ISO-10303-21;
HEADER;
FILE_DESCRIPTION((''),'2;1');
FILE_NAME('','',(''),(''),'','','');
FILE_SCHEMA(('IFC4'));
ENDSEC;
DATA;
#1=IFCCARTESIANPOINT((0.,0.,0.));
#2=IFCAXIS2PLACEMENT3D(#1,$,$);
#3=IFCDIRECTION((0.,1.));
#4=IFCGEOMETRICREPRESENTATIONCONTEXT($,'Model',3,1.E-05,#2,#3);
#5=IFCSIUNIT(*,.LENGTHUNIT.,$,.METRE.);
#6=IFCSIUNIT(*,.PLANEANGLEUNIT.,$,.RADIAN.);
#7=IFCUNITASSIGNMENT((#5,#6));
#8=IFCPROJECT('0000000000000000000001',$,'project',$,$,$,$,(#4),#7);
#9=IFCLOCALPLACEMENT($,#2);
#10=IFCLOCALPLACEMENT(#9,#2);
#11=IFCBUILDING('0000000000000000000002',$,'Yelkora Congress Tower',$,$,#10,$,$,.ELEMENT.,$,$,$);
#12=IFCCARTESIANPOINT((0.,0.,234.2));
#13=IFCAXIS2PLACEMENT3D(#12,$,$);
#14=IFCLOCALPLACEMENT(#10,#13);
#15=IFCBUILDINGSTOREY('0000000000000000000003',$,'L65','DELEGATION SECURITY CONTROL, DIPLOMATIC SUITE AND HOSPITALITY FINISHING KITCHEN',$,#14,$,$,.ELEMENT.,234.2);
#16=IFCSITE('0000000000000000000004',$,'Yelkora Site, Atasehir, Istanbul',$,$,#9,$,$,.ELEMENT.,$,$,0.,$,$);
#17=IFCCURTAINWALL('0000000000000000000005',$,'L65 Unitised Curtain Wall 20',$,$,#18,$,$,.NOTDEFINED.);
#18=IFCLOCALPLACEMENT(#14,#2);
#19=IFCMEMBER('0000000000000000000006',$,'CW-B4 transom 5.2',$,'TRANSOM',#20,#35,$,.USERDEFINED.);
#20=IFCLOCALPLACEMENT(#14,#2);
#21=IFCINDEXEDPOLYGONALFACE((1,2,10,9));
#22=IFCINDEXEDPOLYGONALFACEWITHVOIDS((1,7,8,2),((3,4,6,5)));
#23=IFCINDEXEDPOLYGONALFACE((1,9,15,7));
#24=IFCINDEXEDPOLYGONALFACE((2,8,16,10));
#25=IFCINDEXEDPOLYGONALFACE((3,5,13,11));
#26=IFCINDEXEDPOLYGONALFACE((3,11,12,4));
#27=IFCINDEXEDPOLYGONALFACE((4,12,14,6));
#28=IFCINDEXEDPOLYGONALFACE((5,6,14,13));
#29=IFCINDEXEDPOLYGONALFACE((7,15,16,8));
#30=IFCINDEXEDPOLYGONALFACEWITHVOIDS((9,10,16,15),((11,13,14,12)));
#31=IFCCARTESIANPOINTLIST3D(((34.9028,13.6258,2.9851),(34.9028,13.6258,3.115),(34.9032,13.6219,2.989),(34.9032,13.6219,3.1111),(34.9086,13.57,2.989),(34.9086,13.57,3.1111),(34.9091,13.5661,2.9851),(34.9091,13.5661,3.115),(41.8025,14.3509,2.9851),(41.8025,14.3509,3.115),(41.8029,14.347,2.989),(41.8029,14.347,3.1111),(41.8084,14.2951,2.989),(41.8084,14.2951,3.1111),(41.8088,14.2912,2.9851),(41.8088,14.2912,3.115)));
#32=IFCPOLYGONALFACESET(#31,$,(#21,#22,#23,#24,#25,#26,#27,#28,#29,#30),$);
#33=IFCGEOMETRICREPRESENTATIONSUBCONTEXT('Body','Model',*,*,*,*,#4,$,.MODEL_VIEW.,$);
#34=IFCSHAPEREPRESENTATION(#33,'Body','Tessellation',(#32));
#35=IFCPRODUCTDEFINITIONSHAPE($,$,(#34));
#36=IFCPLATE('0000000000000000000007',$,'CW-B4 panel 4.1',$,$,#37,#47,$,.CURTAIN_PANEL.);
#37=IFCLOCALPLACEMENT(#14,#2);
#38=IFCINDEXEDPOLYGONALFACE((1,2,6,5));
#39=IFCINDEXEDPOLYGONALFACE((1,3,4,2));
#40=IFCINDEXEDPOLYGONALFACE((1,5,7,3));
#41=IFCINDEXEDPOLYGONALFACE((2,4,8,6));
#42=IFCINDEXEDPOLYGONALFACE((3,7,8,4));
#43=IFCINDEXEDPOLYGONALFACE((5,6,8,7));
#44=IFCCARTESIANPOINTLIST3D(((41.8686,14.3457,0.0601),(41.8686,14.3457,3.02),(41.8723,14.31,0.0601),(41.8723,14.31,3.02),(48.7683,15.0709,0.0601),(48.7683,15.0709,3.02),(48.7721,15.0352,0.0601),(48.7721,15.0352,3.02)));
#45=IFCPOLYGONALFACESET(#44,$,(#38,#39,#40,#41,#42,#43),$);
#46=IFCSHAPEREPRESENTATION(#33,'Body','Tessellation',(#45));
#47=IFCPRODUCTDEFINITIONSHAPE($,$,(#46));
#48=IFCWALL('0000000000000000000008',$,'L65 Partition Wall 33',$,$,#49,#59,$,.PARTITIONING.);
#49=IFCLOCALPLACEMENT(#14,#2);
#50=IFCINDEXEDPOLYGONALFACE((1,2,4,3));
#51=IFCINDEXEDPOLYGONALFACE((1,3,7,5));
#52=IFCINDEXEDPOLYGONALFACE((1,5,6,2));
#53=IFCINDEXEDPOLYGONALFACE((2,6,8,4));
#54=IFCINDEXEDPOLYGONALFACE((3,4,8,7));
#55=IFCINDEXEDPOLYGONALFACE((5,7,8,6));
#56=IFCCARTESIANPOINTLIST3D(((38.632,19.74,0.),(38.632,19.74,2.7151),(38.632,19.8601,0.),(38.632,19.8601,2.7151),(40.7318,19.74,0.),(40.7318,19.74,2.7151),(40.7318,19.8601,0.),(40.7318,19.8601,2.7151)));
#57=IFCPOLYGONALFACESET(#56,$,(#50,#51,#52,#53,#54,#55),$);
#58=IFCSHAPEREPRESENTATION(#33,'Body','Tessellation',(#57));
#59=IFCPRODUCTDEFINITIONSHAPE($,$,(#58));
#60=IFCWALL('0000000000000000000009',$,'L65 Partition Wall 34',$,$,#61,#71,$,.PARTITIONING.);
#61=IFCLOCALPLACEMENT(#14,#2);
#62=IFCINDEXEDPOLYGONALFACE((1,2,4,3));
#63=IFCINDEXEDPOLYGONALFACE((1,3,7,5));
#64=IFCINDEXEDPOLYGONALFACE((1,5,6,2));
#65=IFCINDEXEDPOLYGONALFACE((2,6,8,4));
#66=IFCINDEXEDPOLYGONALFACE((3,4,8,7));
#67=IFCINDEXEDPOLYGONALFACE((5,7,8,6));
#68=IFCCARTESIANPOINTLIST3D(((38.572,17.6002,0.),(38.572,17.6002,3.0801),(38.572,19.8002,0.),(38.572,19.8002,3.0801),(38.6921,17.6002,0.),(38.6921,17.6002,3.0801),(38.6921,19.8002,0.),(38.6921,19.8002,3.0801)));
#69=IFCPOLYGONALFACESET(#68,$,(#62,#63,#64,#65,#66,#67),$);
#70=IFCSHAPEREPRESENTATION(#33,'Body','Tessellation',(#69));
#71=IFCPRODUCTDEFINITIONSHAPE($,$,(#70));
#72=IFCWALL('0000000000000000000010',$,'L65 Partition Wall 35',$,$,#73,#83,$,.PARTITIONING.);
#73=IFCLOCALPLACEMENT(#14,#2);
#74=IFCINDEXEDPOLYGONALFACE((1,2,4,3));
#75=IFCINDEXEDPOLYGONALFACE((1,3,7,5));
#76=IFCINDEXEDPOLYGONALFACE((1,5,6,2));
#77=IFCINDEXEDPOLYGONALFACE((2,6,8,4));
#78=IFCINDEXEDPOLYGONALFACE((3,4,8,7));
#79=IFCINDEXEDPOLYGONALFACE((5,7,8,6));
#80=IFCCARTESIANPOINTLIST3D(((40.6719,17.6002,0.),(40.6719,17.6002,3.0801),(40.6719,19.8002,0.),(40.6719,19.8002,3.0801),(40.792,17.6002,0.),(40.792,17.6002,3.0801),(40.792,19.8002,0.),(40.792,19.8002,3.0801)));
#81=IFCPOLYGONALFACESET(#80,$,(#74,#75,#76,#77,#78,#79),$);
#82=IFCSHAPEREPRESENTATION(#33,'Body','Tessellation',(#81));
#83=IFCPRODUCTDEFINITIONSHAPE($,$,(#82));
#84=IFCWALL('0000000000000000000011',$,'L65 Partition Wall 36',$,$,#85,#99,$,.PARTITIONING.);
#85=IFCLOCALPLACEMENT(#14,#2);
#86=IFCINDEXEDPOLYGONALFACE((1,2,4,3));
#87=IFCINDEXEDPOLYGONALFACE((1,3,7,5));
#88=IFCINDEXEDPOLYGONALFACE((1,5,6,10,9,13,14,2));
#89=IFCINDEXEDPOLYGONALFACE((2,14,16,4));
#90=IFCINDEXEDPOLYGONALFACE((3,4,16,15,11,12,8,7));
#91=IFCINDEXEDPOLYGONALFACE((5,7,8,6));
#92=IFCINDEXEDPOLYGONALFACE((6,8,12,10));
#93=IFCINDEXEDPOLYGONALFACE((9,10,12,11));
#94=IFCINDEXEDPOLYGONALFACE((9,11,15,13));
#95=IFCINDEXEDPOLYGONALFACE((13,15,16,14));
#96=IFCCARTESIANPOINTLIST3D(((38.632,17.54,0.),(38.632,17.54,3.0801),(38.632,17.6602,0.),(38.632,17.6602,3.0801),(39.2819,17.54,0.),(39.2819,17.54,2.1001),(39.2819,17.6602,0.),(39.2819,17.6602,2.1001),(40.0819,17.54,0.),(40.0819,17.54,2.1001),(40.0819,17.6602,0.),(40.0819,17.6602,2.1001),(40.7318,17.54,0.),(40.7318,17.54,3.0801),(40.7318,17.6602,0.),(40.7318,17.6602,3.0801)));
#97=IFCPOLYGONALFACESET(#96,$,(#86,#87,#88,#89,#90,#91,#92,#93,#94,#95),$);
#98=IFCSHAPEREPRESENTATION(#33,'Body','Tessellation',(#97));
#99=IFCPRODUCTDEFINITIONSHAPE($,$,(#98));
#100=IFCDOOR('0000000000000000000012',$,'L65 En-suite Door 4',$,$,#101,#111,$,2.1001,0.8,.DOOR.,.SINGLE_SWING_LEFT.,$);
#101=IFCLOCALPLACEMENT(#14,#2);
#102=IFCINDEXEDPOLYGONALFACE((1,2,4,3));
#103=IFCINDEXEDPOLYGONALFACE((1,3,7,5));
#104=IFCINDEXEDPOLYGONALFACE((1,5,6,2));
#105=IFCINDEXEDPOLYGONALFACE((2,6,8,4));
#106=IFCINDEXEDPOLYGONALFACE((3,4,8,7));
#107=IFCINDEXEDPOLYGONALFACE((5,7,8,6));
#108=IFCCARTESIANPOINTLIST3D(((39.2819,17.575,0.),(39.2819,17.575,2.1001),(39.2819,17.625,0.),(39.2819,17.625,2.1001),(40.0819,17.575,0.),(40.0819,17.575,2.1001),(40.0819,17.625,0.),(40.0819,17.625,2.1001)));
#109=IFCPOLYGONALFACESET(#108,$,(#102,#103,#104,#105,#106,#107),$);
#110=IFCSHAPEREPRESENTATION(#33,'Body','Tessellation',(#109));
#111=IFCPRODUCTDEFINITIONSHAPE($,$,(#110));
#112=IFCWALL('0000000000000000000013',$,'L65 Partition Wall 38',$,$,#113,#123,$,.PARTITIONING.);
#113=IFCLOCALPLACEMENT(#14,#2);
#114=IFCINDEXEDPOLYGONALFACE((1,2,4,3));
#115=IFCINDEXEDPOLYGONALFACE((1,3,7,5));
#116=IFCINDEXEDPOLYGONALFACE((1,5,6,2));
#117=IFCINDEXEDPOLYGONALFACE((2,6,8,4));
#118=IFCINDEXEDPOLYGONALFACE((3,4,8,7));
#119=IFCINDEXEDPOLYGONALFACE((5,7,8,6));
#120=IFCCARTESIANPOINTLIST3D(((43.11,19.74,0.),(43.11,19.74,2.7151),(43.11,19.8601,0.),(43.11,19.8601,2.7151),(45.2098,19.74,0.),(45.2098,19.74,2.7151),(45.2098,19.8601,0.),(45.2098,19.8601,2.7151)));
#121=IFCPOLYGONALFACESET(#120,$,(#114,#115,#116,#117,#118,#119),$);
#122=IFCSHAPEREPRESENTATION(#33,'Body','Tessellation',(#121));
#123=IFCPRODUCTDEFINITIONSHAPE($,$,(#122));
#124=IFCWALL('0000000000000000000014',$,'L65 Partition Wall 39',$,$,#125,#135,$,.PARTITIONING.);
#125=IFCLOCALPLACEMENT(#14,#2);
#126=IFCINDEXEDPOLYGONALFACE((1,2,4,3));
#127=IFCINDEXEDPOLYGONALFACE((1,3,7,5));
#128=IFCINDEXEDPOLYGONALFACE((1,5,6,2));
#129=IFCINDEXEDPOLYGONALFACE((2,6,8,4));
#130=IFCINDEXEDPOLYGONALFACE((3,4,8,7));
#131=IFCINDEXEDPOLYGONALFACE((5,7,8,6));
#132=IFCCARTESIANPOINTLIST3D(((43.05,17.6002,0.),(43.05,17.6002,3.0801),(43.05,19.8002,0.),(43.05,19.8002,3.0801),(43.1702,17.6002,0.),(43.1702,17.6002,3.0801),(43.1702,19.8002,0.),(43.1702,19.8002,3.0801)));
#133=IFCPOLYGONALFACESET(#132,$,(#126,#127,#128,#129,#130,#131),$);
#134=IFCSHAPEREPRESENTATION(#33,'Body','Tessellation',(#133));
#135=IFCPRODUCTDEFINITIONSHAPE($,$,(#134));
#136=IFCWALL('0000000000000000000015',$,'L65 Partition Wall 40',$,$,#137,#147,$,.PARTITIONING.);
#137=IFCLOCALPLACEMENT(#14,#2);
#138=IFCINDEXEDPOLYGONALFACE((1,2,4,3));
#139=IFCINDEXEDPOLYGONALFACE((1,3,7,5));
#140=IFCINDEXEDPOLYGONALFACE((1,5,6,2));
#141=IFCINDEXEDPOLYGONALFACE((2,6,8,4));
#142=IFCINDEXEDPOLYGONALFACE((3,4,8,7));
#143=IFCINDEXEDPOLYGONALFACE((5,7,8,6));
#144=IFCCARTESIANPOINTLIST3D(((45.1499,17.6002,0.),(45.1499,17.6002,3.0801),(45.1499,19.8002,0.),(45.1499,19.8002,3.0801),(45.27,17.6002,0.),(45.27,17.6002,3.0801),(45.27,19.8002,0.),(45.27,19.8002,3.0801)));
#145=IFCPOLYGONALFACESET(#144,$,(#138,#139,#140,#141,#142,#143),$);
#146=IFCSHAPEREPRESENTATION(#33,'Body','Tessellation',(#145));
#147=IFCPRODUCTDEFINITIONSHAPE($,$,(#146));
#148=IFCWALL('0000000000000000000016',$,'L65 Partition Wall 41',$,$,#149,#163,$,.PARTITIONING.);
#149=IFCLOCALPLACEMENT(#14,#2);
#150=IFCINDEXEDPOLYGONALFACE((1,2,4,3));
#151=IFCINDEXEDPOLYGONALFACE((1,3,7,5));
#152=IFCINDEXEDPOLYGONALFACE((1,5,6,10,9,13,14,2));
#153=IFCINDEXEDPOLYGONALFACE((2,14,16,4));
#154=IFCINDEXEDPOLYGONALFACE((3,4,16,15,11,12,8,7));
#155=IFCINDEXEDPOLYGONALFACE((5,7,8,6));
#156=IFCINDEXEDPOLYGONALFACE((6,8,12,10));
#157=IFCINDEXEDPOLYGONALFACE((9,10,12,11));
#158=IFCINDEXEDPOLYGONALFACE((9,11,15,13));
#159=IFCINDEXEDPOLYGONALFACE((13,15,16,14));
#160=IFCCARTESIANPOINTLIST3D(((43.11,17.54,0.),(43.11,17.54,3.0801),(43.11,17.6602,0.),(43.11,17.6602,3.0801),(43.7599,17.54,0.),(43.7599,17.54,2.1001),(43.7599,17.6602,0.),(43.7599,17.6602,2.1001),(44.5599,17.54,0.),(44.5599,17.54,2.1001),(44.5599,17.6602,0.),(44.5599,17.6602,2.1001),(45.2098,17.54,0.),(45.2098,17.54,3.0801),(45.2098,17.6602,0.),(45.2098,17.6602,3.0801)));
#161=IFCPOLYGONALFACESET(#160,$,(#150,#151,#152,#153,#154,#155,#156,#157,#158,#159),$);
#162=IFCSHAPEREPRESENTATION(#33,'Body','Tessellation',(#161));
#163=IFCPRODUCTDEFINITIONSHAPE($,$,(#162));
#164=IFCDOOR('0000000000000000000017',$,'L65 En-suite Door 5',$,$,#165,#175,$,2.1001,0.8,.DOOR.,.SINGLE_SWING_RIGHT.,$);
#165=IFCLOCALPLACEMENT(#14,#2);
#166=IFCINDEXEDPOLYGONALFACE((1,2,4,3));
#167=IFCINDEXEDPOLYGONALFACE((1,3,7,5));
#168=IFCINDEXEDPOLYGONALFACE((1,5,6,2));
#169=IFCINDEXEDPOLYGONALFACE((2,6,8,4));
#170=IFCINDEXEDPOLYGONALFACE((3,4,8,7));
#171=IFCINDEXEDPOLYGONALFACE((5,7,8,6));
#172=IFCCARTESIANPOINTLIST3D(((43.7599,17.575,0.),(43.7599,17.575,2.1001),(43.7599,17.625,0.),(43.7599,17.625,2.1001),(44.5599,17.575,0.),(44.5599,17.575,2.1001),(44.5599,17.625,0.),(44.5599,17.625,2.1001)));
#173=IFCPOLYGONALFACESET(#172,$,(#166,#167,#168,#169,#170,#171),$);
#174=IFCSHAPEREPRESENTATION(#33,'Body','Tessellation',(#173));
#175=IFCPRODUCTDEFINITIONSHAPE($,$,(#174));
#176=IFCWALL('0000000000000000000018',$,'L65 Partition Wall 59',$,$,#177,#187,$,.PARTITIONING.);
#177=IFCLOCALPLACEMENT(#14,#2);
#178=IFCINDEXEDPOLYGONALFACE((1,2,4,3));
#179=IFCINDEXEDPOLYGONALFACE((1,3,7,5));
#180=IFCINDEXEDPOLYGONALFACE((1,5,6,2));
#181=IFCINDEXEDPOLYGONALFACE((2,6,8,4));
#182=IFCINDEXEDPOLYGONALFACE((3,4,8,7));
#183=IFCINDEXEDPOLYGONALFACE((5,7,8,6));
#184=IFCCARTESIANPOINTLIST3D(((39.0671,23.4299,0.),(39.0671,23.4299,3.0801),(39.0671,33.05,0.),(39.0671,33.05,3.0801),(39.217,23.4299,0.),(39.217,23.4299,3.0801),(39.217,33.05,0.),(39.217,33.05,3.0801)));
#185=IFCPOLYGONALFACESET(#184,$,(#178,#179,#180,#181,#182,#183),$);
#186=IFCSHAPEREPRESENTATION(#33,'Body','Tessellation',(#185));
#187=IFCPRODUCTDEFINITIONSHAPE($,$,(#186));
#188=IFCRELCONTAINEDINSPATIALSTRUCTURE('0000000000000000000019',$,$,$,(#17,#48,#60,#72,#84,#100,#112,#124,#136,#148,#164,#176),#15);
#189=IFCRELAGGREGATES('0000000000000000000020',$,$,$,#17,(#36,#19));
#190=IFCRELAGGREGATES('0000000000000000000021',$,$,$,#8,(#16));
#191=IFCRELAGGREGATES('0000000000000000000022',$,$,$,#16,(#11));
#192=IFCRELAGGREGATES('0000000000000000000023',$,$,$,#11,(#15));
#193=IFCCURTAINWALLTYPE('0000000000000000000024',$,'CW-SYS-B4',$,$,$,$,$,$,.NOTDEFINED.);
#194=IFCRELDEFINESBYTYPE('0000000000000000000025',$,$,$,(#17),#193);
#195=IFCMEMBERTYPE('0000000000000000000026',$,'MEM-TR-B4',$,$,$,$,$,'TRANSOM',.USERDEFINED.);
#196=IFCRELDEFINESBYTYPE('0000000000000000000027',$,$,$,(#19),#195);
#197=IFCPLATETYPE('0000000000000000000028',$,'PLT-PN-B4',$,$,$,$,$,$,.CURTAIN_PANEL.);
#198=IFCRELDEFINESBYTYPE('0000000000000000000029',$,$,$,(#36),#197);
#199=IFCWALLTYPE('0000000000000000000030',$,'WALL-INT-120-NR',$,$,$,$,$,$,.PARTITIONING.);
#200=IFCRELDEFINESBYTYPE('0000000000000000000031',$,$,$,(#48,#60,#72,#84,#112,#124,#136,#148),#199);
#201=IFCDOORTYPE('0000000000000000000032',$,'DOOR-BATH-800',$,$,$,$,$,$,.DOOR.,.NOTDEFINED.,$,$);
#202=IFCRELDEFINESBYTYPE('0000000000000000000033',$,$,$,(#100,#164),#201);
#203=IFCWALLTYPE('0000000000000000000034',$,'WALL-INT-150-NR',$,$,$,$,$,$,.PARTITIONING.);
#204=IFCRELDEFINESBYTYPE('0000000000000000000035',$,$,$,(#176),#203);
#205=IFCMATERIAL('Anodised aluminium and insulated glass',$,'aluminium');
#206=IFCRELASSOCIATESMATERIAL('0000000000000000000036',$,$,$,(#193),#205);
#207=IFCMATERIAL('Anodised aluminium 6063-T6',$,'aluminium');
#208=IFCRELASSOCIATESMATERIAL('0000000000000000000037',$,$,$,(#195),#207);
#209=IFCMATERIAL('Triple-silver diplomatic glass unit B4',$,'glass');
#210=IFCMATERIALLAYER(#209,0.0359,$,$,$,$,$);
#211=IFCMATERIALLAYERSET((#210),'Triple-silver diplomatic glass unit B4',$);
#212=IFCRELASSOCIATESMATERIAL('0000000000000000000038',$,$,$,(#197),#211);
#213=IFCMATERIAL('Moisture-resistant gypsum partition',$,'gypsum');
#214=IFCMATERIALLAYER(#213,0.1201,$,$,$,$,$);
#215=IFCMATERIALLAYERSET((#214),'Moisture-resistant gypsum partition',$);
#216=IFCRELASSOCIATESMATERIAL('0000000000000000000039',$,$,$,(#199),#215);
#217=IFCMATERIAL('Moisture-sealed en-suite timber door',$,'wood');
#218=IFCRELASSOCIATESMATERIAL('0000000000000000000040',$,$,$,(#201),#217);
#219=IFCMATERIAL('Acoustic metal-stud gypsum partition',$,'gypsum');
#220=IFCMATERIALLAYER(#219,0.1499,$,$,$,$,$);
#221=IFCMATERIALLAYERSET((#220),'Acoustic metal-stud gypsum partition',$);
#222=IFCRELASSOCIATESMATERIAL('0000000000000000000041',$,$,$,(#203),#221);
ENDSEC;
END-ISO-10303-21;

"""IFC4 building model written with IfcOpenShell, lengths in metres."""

from ifc_helpers import new_model, si_unit, direction, frame, frame_2d, origin, origin_2d, place, context, subcontext, project, spatial, rectangle, hollow_rectangle, extrude, material, layer, layer_set, material_profile, profile_set, type_object, element, fill, aggregate, save


model = new_model("IFC4")

# Units and contexts
model_context = context("Model", 3, precision=1e-05, world=origin(), true_north=direction((0.0, 1.0)))
body_context = subcontext(model_context, "Body", "Model", "MODEL_VIEW")
ifc_project = project(units=[si_unit("LENGTHUNIT", "METRE"), si_unit("PLANEANGLEUNIT", "RADIAN")], contexts=[model_context])

# Site, building, storey
site_placement = place(None, origin())
site = spatial("IfcSite", under=ifc_project, at=site_placement, Name="Yelkora Site, Atasehir, Istanbul", CompositionType="ELEMENT", RefElevation=0.0)
building_placement = place(site_placement, origin())
building = spatial("IfcBuilding", under=site, at=building_placement, Name="Yelkora Congress Tower", CompositionType="ELEMENT")
storey_placement = place(building_placement, frame((0.0, 0.0, 234.2)))
storey = spatial("IfcBuildingStorey", under=building, at=storey_placement, Name="L65", Description="DELEGATION SECURITY CONTROL, DIPLOMATIC SUITE AND HOSPITALITY FINISHING KITCHEN", CompositionType="ELEMENT", Elevation=234.2)

# Curtain wall, member, plate
ifc_material_1 = material(Name="Anodised aluminium and insulated glass", Category="aluminium")
curtain_wall_type = type_object("IfcCurtainWallType", Name="CW-SYS-B4", PredefinedType="NOTDEFINED", material=ifc_material_1)
curtain_wall_placement = place(storey_placement, origin())
curtain_wall = element("IfcCurtainWall", 1, at=curtain_wall_placement, inside=storey, type_object=curtain_wall_type, Name="L65 Unitised Curtain Wall 20", PredefinedType="NOTDEFINED")
ifc_material_2 = material(Name="Anodised aluminium 6063-T6", Category="aluminium")
ifc_material_profile_1 = material_profile(ifc_material_2, hollow_rectangle(XDim=0.0601, YDim=0.1299, WallThickness=0.0039, at=origin_2d()), Name="ALU 60x130x4")
ifc_profile_set_1 = profile_set([ifc_material_profile_1], Name="Anodised aluminium 6063-T6")
member_type_1 = type_object("IfcMemberType", Name="MEM-TR-B4", ElementType="TRANSOM", PredefinedType="USERDEFINED", material=ifc_profile_set_1)
member_1_placement = place(storey_placement, frame((41.8057, 14.321, 3.05), z_axis=(-0.994523, -0.104516, 0.0), x_axis=(0.104516, -0.994523, 0.0)))
member_1 = element("IfcMember", 2, at=member_1_placement, type_object=member_type_1, Name="CW-B4 transom 5.2", ObjectType="TRANSOM", PredefinedType="USERDEFINED", context=body_context, shape_type="SweptSolid", body=[
    extrude(hollow_rectangle(XDim=0.0601, YDim=0.1299, WallThickness=0.0039, at=origin_2d()), origin(), (0.0, 0.0, 1.0), 6.9377),
])
ifc_material_3 = material(Name="Triple-silver diplomatic glass unit B4", Category="glass")
ifc_layer_1 = layer(ifc_material_3, 0.0359)
ifc_layer_set_1 = layer_set([ifc_layer_1], Name="Triple-silver diplomatic glass unit B4")
plate_type = type_object("IfcPlateType", Name="PLT-PN-B4", PredefinedType="CURTAIN_PANEL", material=ifc_layer_set_1)
plate_placement = place(storey_placement, frame((45.3203, 14.6904, 0.0601), z_axis=(0.0, 0.0, 1.0), x_axis=(-0.994522, -0.104527, 0.0)))
plate = element("IfcPlate", 3, at=plate_placement, type_object=plate_type, Name="CW-B4 panel 4.1", PredefinedType="CURTAIN_PANEL", context=body_context, shape_type="SweptSolid", body=[
    extrude(rectangle(XDim=6.9377, YDim=0.0359, at=origin_2d()), origin(), (0.0, 0.0, 1.0), 2.96),
])
aggregate(curtain_wall, [plate, member_1])

# Walls
ifc_material_4 = material(Name="Moisture-resistant gypsum partition", Category="gypsum")
ifc_layer_2 = layer(ifc_material_4, 0.1201)
ifc_layer_set_2 = layer_set([ifc_layer_2], Name="Moisture-resistant gypsum partition")
wall_type_1 = type_object("IfcWallType", Name="WALL-INT-120-NR", PredefinedType="PARTITIONING", material=ifc_layer_set_2)
wall_1_placement = place(storey_placement, frame((38.6321, 19.8, 0.0), z_axis=(0.0, 0.0, 1.0), x_axis=(1.0, 0.0, 0.0)))
element("IfcWall", 4, at=wall_1_placement, inside=storey, type_object=wall_type_1, Name="L65 Partition Wall 33", PredefinedType="PARTITIONING", context=body_context, shape_type="SweptSolid", body=[
    extrude(rectangle(XDim=2.0999, YDim=0.1201, at=frame_2d((1.0498, 0.0))), origin(), (0.0, 0.0, 1.0), 2.7151),
])
for number, where, z_axis, x_axis, name in (
    (5, (38.6321, 17.6001, 0.0), (0.0, 0.0, 1.0), (0.0, 1.0, 0.0), "L65 Partition Wall 34"),
    (6, (40.7319, 17.6001, 0.0), (0.0, 0.0, 1.0), (0.0, 1.0, 0.0), "L65 Partition Wall 35"),
):
    element("IfcWall", number, at=place(storey_placement, frame(where, z_axis=z_axis, x_axis=x_axis)), inside=storey, type_object=wall_type_1, Name=name, PredefinedType="PARTITIONING", context=body_context, shape_type="SweptSolid", body=[
        extrude(rectangle(XDim=2.2, YDim=0.1201, at=frame_2d((1.1001, 0.0))), origin(), (0.0, 0.0, 1.0), 3.0801),
    ])

# Wall, opening, door
wall_2_placement = place(storey_placement, frame((38.6321, 17.6001, 0.0), z_axis=(0.0, 0.0, 1.0), x_axis=(1.0, 0.0, 0.0)))
wall_2 = element("IfcWall", 7, at=wall_2_placement, inside=storey, type_object=wall_type_1, Name="L65 Partition Wall 36", PredefinedType="PARTITIONING", context=body_context, shape_type="SweptSolid", body=[
    extrude(rectangle(XDim=2.0999, YDim=0.1201, at=frame_2d((1.0498, 0.0))), origin(), (0.0, 0.0, 1.0), 3.0801),
])
opening_1_placement = place(wall_2_placement, frame((0.6499, 0.0, 0.0)))
opening_1 = element("IfcOpeningElement", 8, at=opening_1_placement, cuts=wall_2, PredefinedType="OPENING", context=body_context, shape_type="SweptSolid", body=[
    extrude(rectangle(XDim=0.8, YDim=2.1001, at=frame_2d((0.3999, 1.05))), frame((0.0, 0.0701, 0.0), z_axis=(0.0, -1.0, 0.0), x_axis=(1.0, 0.0, 0.0)), (0.0, 0.0, 1.0), 0.1401),
])
ifc_material_5 = material(Name="Moisture-sealed en-suite timber door", Category="wood")
door_type = type_object("IfcDoorType", Name="DOOR-BATH-800", OperationType="NOTDEFINED", PredefinedType="DOOR", material=ifc_material_5)
door_1_placement = place(opening_1_placement, origin())
door_1 = element("IfcDoor", 9, at=door_1_placement, inside=storey, type_object=door_type, Name="L65 En-suite Door 4", OperationType="SINGLE_SWING_LEFT", OverallHeight=2.1001, OverallWidth=0.8, PredefinedType="DOOR", context=body_context, shape_type="SweptSolid", body=[
    extrude(rectangle(XDim=0.8, YDim=2.1001, at=frame_2d((0.3999, 1.05))), frame((0.0, 0.0249, 0.0), z_axis=(0.0, -1.0, 0.0), x_axis=(1.0, 0.0, 0.0)), (0.0, 0.0, 1.0), 0.05),
])
fill(opening_1, door_1)

# Walls
wall_3_placement = place(storey_placement, frame((43.1101, 19.8, 0.0), z_axis=(0.0, 0.0, 1.0), x_axis=(1.0, 0.0, 0.0)))
element("IfcWall", 10, at=wall_3_placement, inside=storey, type_object=wall_type_1, Name="L65 Partition Wall 38", PredefinedType="PARTITIONING", context=body_context, shape_type="SweptSolid", body=[
    extrude(rectangle(XDim=2.0999, YDim=0.1201, at=frame_2d((1.0498, 0.0))), origin(), (0.0, 0.0, 1.0), 2.7151),
])
for number, where, z_axis, x_axis, name in (
    (11, (43.1101, 17.6001, 0.0), (0.0, 0.0, 1.0), (0.0, 1.0, 0.0), "L65 Partition Wall 39"),
    (12, (45.21, 17.6001, 0.0), (0.0, 0.0, 1.0), (0.0, 1.0, 0.0), "L65 Partition Wall 40"),
):
    element("IfcWall", number, at=place(storey_placement, frame(where, z_axis=z_axis, x_axis=x_axis)), inside=storey, type_object=wall_type_1, Name=name, PredefinedType="PARTITIONING", context=body_context, shape_type="SweptSolid", body=[
        extrude(rectangle(XDim=2.2, YDim=0.1201, at=frame_2d((1.1001, 0.0))), origin(), (0.0, 0.0, 1.0), 3.0801),
    ])

# Wall, opening, door
wall_4_placement = place(storey_placement, frame((43.1101, 17.6001, 0.0), z_axis=(0.0, 0.0, 1.0), x_axis=(1.0, 0.0, 0.0)))
wall_4 = element("IfcWall", 13, at=wall_4_placement, inside=storey, type_object=wall_type_1, Name="L65 Partition Wall 41", PredefinedType="PARTITIONING", context=body_context, shape_type="SweptSolid", body=[
    extrude(rectangle(XDim=2.0999, YDim=0.1201, at=frame_2d((1.0498, 0.0))), origin(), (0.0, 0.0, 1.0), 3.0801),
])
opening_2_placement = place(wall_4_placement, frame((0.6499, 0.0, 0.0)))
opening_2 = element("IfcOpeningElement", 14, at=opening_2_placement, cuts=wall_4, PredefinedType="OPENING", context=body_context, shape_type="SweptSolid", body=[
    extrude(rectangle(XDim=0.8, YDim=2.1001, at=frame_2d((0.3999, 1.05))), frame((0.0, 0.0701, 0.0), z_axis=(0.0, -1.0, 0.0), x_axis=(1.0, 0.0, 0.0)), (0.0, 0.0, 1.0), 0.1401),
])
door_2_placement = place(opening_2_placement, origin())
door_2 = element("IfcDoor", 15, at=door_2_placement, inside=storey, type_object=door_type, Name="L65 En-suite Door 5", OperationType="SINGLE_SWING_RIGHT", OverallHeight=2.1001, OverallWidth=0.8, PredefinedType="DOOR", context=body_context, shape_type="SweptSolid", body=[
    extrude(rectangle(XDim=0.8, YDim=2.1001, at=frame_2d((0.3999, 1.05))), frame((0.0, 0.0249, 0.0), z_axis=(0.0, -1.0, 0.0), x_axis=(1.0, 0.0, 0.0)), (0.0, 0.0, 1.0), 0.05),
])
fill(opening_2, door_2)

# Wall
ifc_material_6 = material(Name="Acoustic metal-stud gypsum partition", Category="gypsum")
ifc_layer_3 = layer(ifc_material_6, 0.1499)
ifc_layer_set_3 = layer_set([ifc_layer_3], Name="Acoustic metal-stud gypsum partition")
wall_type_2 = type_object("IfcWallType", Name="WALL-INT-150-NR", PredefinedType="PARTITIONING", material=ifc_layer_set_3)
for number, where, z_axis, x_axis, name in (
    (16, (39.1421, 23.4299, 0.0), (0.0, 0.0, 1.0), (0.0, 1.0, 0.0), "L65 Partition Wall 59"),
):
    element("IfcWall", number, at=place(storey_placement, frame(where, z_axis=z_axis, x_axis=x_axis)), inside=storey, type_object=wall_type_2, Name=name, PredefinedType="PARTITIONING", context=body_context, shape_type="SweptSolid", body=[
        extrude(rectangle(XDim=9.6201, YDim=0.1499, at=frame_2d((4.8101, 0.0))), origin(), (0.0, 0.0, 1.0), 3.0801),
    ])

save(model, "model.ifc")
